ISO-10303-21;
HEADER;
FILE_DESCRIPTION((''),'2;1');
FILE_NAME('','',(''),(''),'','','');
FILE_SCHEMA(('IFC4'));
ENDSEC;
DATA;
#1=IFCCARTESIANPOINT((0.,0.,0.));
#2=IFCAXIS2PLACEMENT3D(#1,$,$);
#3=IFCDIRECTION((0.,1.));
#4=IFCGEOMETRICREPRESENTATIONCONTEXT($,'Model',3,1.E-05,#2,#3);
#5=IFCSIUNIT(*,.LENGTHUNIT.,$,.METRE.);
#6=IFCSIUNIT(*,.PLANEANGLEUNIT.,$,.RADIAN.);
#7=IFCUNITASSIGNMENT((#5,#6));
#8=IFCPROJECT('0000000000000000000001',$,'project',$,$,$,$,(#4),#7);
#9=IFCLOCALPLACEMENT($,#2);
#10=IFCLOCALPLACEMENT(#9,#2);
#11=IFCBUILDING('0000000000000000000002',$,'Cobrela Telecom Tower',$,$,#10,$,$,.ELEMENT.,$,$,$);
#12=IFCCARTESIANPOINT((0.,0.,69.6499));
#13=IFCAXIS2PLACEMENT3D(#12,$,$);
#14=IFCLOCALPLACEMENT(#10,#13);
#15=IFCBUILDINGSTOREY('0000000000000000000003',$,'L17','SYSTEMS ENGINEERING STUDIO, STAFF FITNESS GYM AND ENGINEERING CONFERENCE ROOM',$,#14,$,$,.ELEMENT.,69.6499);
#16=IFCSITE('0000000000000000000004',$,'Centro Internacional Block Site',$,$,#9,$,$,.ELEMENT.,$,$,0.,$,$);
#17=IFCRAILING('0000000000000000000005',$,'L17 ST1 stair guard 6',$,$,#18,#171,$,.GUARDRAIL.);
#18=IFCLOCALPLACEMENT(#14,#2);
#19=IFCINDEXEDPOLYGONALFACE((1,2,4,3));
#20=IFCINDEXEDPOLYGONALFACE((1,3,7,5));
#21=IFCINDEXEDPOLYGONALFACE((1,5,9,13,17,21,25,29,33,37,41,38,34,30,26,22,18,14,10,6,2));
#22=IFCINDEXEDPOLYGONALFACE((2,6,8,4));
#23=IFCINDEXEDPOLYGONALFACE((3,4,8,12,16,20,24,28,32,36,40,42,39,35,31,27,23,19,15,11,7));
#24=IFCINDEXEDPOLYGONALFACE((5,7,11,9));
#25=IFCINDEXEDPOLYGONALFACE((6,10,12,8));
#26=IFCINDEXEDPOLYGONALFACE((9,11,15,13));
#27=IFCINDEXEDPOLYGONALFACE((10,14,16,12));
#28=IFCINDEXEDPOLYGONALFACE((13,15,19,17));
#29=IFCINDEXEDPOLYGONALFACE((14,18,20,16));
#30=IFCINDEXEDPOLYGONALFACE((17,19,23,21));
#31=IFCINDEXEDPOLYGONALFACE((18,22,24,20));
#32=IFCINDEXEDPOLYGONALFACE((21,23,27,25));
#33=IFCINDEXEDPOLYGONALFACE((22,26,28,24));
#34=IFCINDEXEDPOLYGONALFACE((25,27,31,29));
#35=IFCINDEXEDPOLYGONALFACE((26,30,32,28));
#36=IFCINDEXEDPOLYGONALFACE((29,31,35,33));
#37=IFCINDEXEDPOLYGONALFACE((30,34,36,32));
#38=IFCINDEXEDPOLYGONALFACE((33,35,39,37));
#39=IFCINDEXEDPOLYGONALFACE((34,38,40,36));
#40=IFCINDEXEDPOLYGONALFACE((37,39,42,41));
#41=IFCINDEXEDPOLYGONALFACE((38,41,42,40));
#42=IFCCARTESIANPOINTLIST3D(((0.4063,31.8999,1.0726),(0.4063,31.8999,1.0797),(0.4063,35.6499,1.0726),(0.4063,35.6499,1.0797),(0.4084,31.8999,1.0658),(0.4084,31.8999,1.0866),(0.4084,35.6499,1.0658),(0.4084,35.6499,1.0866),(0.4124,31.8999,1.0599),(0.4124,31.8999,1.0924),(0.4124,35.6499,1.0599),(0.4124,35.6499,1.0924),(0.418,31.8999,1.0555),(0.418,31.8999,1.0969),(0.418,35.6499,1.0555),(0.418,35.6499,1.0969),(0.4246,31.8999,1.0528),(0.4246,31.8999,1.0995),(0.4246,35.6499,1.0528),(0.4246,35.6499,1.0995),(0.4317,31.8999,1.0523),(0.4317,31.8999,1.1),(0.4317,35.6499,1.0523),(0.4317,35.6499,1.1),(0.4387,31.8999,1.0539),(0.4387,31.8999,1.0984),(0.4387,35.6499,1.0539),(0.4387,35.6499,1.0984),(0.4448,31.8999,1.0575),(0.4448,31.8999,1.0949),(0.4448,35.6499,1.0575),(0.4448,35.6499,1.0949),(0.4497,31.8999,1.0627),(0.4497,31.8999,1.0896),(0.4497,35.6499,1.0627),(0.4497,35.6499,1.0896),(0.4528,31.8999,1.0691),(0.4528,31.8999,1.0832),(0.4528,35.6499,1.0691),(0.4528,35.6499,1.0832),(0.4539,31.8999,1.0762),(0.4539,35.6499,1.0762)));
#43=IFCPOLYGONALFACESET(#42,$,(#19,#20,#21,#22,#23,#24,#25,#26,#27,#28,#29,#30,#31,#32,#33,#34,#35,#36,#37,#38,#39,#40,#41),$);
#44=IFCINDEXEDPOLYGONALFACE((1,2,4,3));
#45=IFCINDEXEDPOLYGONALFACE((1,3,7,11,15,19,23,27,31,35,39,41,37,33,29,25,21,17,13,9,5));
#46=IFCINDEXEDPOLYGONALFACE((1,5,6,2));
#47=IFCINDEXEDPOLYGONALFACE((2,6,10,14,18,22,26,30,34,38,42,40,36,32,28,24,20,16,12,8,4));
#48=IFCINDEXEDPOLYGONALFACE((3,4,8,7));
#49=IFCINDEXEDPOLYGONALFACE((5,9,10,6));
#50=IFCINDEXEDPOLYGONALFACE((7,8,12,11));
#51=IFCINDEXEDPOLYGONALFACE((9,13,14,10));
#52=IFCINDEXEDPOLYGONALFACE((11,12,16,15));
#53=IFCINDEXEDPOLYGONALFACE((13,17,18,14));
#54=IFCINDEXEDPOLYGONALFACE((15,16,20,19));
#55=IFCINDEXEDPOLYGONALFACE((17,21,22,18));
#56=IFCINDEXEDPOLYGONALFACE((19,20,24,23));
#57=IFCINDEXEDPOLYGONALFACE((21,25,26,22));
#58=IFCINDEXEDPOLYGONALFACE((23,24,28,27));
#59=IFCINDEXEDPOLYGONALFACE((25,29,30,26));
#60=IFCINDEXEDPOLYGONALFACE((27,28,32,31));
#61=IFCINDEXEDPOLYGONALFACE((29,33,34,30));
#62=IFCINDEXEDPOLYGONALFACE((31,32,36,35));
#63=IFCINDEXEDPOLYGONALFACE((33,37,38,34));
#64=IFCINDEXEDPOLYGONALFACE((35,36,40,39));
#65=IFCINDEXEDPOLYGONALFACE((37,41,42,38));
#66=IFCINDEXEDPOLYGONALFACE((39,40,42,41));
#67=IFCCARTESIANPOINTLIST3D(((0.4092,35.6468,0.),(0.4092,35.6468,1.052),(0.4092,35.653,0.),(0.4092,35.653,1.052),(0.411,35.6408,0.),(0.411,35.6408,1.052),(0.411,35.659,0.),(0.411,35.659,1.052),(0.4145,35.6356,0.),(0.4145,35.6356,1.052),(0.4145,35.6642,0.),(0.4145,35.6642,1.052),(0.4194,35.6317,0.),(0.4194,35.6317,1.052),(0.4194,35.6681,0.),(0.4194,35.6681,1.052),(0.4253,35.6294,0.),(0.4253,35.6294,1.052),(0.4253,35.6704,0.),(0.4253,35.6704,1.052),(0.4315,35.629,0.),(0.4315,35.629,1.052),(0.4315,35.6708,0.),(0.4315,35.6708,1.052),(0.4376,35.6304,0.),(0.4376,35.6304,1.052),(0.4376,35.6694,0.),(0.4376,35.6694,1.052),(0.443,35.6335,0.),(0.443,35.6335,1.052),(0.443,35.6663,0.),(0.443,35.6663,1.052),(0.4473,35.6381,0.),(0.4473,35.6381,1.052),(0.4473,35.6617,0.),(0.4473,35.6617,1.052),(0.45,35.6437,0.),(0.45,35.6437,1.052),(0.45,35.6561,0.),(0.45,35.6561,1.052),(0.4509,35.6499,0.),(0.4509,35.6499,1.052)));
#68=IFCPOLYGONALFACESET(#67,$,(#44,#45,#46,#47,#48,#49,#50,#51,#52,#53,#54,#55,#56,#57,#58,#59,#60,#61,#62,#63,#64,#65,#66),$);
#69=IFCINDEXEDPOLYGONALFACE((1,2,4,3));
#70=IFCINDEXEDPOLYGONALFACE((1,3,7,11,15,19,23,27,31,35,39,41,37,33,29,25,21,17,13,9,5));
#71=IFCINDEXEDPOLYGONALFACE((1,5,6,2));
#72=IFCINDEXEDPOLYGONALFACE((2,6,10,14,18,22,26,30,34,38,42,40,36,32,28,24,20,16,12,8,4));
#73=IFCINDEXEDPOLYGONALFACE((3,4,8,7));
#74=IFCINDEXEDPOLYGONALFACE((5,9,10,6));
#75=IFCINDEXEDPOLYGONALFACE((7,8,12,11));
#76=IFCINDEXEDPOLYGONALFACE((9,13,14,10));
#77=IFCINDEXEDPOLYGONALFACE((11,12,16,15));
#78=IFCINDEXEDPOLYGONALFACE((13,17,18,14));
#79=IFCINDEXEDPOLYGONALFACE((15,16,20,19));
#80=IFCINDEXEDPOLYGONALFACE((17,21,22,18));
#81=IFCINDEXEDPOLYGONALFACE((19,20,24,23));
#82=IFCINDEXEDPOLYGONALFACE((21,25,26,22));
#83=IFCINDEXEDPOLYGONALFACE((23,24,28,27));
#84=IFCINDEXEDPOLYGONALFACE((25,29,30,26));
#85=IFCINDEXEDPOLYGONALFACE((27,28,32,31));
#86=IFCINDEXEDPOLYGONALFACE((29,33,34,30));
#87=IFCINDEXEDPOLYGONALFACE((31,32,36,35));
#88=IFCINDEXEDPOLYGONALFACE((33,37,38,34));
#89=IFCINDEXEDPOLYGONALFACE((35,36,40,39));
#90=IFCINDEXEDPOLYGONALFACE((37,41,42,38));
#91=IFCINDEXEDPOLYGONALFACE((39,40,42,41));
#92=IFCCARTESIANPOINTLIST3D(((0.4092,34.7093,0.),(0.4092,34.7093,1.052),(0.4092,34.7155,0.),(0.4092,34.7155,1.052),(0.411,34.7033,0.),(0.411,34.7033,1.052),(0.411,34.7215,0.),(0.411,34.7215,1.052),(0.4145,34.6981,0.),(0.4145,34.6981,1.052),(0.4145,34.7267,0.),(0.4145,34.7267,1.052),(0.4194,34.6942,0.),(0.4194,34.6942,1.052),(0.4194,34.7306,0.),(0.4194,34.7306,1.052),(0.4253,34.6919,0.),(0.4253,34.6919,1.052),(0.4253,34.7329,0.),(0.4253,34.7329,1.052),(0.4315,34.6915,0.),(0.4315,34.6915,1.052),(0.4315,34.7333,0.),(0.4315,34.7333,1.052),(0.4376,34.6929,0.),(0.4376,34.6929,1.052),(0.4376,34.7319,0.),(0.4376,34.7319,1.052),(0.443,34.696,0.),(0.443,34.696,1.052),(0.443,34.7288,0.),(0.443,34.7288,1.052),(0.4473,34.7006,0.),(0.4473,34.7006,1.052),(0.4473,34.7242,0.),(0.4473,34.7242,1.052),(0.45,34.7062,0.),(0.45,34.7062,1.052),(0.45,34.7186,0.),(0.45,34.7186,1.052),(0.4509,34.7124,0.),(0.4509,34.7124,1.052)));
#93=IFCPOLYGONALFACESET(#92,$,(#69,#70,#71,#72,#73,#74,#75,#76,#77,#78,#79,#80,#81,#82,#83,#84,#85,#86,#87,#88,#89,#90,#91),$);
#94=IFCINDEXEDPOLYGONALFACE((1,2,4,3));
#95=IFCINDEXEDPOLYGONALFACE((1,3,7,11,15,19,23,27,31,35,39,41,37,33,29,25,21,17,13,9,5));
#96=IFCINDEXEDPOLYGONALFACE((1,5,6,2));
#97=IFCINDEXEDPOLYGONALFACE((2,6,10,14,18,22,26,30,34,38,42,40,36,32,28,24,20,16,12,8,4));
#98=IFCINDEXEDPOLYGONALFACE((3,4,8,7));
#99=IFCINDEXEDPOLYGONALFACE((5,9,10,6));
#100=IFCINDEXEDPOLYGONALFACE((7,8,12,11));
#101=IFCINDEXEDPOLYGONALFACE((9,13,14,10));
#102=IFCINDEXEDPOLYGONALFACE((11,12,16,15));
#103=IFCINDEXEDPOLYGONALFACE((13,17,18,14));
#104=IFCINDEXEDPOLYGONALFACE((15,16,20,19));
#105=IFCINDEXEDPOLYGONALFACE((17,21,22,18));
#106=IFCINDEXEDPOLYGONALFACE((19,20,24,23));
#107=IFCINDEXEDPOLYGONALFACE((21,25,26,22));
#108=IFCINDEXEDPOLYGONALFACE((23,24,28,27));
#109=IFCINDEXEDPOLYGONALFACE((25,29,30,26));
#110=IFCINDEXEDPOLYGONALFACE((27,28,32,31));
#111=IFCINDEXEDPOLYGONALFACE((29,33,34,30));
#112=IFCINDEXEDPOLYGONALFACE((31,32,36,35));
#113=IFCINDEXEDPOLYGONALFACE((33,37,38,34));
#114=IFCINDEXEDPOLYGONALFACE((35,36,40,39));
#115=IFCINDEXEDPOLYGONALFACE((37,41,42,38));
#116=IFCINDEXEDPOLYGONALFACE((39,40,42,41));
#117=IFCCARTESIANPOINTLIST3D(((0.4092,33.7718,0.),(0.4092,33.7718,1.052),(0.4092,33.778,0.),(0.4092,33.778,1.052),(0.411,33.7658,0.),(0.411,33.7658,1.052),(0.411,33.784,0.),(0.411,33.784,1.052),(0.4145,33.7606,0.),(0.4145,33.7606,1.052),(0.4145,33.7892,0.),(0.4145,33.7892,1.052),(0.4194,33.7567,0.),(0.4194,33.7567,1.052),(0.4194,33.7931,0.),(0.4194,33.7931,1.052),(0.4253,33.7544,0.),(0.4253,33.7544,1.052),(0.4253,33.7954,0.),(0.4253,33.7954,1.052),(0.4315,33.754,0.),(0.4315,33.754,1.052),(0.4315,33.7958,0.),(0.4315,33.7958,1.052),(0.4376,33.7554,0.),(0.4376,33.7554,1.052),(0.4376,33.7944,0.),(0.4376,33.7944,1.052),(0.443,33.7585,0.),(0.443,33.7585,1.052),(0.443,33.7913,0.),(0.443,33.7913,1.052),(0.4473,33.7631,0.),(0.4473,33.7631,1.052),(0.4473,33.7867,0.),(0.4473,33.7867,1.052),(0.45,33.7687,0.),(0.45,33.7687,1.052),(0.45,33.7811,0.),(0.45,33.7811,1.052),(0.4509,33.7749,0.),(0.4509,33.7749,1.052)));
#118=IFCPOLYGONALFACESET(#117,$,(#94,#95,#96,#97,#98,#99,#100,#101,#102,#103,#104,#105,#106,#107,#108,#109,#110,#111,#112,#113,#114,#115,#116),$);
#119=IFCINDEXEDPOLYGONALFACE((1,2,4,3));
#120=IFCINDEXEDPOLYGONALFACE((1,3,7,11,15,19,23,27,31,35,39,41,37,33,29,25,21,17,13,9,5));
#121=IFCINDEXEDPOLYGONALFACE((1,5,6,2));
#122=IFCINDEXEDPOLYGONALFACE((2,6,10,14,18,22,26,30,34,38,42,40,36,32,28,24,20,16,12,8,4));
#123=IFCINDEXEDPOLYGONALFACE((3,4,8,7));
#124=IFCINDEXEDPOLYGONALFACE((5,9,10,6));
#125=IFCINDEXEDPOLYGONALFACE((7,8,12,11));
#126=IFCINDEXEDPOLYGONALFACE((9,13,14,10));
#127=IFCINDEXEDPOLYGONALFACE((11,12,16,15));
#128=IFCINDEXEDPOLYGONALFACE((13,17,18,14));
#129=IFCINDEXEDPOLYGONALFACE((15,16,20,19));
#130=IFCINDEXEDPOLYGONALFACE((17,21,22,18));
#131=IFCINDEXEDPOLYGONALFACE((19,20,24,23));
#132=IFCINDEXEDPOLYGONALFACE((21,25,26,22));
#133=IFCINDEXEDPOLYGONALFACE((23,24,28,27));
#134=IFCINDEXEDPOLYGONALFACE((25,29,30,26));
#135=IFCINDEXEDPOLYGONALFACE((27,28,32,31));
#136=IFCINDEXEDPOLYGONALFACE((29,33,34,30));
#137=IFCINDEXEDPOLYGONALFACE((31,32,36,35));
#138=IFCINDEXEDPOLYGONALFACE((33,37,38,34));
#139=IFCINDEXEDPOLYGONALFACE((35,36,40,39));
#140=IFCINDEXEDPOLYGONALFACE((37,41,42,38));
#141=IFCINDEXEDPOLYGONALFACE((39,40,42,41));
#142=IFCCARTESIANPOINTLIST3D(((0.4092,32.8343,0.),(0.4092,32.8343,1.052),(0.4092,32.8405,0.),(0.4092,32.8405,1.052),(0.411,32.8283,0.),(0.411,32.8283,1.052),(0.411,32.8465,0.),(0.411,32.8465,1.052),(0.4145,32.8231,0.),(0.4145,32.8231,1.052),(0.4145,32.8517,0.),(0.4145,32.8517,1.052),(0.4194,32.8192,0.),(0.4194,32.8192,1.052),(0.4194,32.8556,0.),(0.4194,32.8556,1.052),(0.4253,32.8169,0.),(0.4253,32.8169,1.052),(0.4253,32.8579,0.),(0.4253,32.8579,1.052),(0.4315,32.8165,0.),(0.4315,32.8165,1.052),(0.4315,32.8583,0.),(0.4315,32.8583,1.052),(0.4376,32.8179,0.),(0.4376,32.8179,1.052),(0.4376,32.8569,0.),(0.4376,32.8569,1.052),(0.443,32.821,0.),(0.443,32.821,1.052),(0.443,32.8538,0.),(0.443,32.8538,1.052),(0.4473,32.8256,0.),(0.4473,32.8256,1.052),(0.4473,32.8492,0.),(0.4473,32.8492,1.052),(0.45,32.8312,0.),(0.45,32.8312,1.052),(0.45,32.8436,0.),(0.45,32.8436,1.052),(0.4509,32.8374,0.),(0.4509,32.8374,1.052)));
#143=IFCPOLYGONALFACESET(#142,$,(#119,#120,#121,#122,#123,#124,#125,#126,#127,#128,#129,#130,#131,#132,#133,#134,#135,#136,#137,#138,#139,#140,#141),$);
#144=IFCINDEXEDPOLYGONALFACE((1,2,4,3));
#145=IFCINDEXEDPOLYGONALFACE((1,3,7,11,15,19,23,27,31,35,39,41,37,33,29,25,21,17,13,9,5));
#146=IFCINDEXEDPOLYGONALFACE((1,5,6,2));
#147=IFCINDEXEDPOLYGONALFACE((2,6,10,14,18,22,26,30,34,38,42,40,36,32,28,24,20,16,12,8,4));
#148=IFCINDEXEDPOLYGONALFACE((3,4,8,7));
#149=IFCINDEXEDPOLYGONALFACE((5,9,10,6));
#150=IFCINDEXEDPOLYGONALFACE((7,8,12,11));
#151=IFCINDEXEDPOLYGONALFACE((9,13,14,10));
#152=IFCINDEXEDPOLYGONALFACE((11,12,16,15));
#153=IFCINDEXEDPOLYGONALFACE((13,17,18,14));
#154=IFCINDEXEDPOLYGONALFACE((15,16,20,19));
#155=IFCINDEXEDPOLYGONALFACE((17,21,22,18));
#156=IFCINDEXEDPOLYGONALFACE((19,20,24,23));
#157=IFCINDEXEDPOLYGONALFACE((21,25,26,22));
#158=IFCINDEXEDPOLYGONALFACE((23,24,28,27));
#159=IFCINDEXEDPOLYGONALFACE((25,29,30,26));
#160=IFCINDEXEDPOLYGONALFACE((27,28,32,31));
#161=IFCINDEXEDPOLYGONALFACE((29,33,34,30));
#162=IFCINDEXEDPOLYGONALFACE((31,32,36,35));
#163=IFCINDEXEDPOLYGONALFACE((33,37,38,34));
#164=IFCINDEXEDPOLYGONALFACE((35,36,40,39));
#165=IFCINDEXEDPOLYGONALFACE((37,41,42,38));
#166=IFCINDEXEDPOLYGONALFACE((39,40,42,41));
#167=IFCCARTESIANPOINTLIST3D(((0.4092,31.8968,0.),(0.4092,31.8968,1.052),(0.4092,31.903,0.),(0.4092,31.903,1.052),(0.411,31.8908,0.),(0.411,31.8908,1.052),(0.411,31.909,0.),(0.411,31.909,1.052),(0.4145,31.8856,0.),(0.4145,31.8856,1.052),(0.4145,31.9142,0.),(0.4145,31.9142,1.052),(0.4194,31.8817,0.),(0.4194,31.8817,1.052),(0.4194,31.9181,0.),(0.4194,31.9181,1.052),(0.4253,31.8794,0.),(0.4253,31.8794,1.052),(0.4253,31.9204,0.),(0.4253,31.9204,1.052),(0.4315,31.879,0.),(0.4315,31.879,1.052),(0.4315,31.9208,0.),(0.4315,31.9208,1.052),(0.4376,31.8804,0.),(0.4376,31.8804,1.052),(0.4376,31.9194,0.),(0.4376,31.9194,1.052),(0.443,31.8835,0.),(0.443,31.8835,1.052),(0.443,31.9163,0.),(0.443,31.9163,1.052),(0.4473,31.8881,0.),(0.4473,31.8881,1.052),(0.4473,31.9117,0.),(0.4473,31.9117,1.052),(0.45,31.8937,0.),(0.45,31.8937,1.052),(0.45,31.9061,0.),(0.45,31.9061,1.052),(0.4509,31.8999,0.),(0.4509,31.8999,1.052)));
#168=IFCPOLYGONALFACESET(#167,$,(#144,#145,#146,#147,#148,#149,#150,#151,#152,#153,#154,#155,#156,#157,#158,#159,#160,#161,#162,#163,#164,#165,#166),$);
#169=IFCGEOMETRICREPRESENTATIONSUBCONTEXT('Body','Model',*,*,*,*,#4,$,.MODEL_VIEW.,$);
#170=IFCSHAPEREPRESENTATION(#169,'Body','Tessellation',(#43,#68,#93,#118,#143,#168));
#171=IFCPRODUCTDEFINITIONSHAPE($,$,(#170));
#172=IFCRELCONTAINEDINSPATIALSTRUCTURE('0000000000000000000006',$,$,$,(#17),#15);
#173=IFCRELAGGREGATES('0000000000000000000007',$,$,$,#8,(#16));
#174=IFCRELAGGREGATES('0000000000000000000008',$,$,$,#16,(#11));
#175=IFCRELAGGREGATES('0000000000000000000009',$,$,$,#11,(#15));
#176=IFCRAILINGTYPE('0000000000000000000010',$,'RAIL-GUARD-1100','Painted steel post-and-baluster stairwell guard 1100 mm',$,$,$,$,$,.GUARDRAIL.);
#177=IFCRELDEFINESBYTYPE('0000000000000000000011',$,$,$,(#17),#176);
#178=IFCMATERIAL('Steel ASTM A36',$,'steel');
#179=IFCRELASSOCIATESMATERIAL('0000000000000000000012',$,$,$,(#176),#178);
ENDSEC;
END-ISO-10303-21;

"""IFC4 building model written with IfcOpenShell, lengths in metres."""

from ifc_helpers import new_model, si_unit, direction, frame, origin, origin_2d, place, context, subcontext, project, spatial, circle, extrude, material, type_object, element, save


model = new_model("IFC4")

# Units and contexts
model_context = context("Model", 3, precision=1e-05, world=origin(), true_north=direction((0.0, 1.0)))
body_context = subcontext(model_context, "Body", "Model", "MODEL_VIEW")
ifc_project = project(units=[si_unit("LENGTHUNIT", "METRE"), si_unit("PLANEANGLEUNIT", "RADIAN")], contexts=[model_context])

# Site, building, storey
site_placement = place(None, origin())
site = spatial("IfcSite", under=ifc_project, at=site_placement, Name="Centro Internacional Block Site", CompositionType="ELEMENT", RefElevation=0.0)
building_placement = place(site_placement, origin())
building = spatial("IfcBuilding", under=site, at=building_placement, Name="Cobrela Telecom Tower", CompositionType="ELEMENT")
storey_placement = place(building_placement, frame((0.0, 0.0, 69.6499)))
storey = spatial("IfcBuildingStorey", under=building, at=storey_placement, Name="L17", Description="SYSTEMS ENGINEERING STUDIO, STAFF FITNESS GYM AND ENGINEERING CONFERENCE ROOM", CompositionType="ELEMENT", Elevation=69.6499)

# Shared definitions
ifc_material_1 = material(Name="Steel ASTM A36", Category="steel")

# Railing
railing_type_1 = type_object("IfcRailingType", Name="RAIL-GUARD-1100", Description="Painted steel post-and-baluster stairwell guard 1100 mm", PredefinedType="GUARDRAIL", material=ifc_material_1)
railing_1_placement = place(storey_placement, frame((0.4299, 35.6499, 0.0)))
element("IfcRailing", 1, at=railing_1_placement, inside=storey, type_object=railing_type_1, Name="L17 ST1 stair guard 6", PredefinedType="GUARDRAIL", context=body_context, shape_type="SweptSolid", body=[
    extrude(circle(Radius=0.0239, at=origin_2d()), frame((0.0, 0.0, 1.0762), z_axis=(0.0, -1.0, 0.0), x_axis=(1.0, 0.0, 0.0)), (0.0, 0.0, 1.0), 3.75),
    extrude(circle(Radius=0.021, at=origin_2d()), origin(), (0.0, 0.0, 1.0), 1.052),
    extrude(circle(Radius=0.021, at=origin_2d()), frame((0.0, -0.9375, 0.0)), (0.0, 0.0, 1.0), 1.052),
    extrude(circle(Radius=0.021, at=origin_2d()), frame((0.0, -1.875, 0.0)), (0.0, 0.0, 1.0), 1.052),
    extrude(circle(Radius=0.021, at=origin_2d()), frame((0.0, -2.8125, 0.0)), (0.0, 0.0, 1.0), 1.052),
    extrude(circle(Radius=0.021, at=origin_2d()), frame((0.0, -3.75, 0.0)), (0.0, 0.0, 1.0), 1.052),
])

save(model, "model.ifc")
